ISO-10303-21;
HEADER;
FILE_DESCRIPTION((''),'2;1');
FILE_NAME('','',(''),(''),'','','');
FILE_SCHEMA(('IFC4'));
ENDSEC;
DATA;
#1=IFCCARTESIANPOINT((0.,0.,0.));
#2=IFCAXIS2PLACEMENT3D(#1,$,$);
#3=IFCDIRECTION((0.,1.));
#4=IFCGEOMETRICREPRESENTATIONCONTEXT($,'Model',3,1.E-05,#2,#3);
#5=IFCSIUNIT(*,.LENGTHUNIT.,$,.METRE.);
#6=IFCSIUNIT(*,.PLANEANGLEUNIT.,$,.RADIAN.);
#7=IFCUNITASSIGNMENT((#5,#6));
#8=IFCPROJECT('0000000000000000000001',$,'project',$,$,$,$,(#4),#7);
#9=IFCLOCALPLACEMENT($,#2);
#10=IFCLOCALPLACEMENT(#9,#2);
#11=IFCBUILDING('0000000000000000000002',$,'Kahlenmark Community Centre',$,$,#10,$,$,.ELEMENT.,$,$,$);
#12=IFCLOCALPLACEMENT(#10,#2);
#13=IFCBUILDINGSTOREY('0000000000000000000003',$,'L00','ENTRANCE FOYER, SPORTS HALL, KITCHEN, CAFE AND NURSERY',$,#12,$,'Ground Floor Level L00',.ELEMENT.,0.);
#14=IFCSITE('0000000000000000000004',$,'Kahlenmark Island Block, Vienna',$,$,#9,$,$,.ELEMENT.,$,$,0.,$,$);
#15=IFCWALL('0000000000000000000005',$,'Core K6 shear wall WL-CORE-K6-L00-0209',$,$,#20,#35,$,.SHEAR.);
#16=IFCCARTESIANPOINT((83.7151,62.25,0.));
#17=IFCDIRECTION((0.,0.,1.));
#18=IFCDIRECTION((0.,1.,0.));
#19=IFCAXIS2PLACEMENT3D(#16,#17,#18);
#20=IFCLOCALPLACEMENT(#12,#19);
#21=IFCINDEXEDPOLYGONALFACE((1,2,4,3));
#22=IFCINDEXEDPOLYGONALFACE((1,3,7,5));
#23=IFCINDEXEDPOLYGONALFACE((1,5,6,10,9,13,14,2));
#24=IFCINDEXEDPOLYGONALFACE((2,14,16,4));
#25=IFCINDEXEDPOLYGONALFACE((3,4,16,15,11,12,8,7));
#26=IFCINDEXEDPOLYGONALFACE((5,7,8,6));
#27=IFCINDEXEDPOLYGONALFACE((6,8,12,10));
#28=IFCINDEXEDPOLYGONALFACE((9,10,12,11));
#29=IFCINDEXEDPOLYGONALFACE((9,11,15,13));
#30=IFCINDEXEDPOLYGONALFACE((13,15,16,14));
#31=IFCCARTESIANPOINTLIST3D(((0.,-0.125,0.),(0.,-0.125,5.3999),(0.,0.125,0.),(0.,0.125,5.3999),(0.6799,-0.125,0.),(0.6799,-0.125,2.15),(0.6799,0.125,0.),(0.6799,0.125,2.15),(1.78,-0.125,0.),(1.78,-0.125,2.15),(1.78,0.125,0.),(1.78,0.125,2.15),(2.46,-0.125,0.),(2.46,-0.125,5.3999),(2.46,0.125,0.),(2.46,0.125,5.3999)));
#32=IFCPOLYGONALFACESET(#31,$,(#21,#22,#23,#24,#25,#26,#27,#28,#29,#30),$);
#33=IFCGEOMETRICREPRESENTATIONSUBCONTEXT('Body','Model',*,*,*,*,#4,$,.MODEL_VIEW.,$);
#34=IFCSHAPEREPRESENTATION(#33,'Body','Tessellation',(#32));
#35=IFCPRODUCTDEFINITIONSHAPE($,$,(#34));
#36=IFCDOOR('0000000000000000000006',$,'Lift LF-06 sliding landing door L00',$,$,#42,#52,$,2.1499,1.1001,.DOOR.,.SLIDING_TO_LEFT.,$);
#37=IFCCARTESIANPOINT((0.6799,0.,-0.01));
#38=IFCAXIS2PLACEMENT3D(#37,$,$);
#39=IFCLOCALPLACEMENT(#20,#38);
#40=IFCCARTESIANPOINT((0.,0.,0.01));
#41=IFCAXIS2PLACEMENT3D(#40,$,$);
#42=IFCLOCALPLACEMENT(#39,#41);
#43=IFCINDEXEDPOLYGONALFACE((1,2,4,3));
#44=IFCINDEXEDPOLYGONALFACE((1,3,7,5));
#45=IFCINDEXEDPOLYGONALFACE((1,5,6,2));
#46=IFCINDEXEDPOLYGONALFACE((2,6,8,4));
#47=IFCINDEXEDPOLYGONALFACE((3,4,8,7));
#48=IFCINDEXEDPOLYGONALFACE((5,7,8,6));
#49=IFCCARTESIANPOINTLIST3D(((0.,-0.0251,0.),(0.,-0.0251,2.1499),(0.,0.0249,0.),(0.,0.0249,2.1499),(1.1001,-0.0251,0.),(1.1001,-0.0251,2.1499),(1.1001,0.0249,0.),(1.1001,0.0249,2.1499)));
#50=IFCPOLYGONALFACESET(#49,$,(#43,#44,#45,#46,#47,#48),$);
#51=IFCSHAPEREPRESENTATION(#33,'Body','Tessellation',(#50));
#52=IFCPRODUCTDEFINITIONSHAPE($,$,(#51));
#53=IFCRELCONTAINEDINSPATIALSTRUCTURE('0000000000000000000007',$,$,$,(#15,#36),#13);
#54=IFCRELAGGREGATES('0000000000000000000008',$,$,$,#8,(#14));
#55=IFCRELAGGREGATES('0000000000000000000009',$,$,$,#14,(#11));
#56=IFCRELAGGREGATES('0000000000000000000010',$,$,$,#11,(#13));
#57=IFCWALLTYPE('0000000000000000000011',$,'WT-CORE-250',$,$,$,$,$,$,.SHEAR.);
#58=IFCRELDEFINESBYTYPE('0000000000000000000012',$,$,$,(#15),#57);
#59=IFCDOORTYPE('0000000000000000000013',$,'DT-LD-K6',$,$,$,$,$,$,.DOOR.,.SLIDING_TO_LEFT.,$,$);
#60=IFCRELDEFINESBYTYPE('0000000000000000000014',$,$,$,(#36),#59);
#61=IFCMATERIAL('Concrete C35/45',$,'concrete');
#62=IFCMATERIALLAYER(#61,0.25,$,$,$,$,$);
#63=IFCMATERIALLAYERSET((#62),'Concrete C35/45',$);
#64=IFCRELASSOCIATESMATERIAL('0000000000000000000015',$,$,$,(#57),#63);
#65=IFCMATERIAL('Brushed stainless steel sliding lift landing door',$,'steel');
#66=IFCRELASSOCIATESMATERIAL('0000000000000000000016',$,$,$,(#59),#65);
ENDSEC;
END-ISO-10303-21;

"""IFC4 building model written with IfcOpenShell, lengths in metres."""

from ifc_helpers import new_model, si_unit, direction, frame, frame_2d, origin, place, context, subcontext, project, spatial, rectangle, extrude, material, layer, layer_set, type_object, element, fill, save


model = new_model("IFC4")

# Units and contexts
model_context = context("Model", 3, precision=1e-05, world=origin(), true_north=direction((0.0, 1.0)))
body_context = subcontext(model_context, "Body", "Model", "MODEL_VIEW")
ifc_project = project(units=[si_unit("LENGTHUNIT", "METRE"), si_unit("PLANEANGLEUNIT", "RADIAN")], contexts=[model_context])

# Site, building, storey
site_placement = place(None, origin())
site = spatial("IfcSite", under=ifc_project, at=site_placement, Name="Kahlenmark Island Block, Vienna", CompositionType="ELEMENT", RefElevation=0.0)
building_placement = place(site_placement, origin())
building = spatial("IfcBuilding", under=site, at=building_placement, Name="Kahlenmark Community Centre", CompositionType="ELEMENT")
storey_placement = place(building_placement, origin())
storey = spatial("IfcBuildingStorey", under=building, at=storey_placement, Name="L00", Description="ENTRANCE FOYER, SPORTS HALL, KITCHEN, CAFE AND NURSERY", LongName="Ground Floor Level L00", CompositionType="ELEMENT", Elevation=0.0)

# Shared definitions
ifc_material_1 = material(Name="Concrete C35/45", Category="concrete")

# Shared definitions
ifc_layer_1 = layer(ifc_material_1, 0.25)
ifc_layer_set_1 = layer_set([ifc_layer_1], Name="Concrete C35/45")
wall_type_1 = type_object("IfcWallType", Name="WT-CORE-250", PredefinedType="SHEAR", material=ifc_layer_set_1)

# Wall, opening, door
wall_1_placement = place(storey_placement, frame((83.7151, 62.25, 0.0), z_axis=(0.0, 0.0, 1.0), x_axis=(0.0, 1.0, 0.0)))
wall_1 = element("IfcWall", 1, at=wall_1_placement, inside=storey, type_object=wall_type_1, Name="Core K6 shear wall WL-CORE-K6-L00-0209", PredefinedType="SHEAR", context=body_context, shape_type="SweptSolid", body=[
    extrude(rectangle(XDim=2.46, YDim=0.25, at=frame_2d((1.23, 0.0))), origin(), (0.0, 0.0, 1.0), 5.3999),
])
opening_1_placement = place(wall_1_placement, frame((0.6799, 0.0, -0.01)))
opening_1 = element("IfcOpeningElement", 2, at=opening_1_placement, cuts=wall_1, PredefinedType="OPENING", context=body_context, shape_type="SweptSolid", body=[
    extrude(rectangle(XDim=1.1001, YDim=2.1599, at=frame_2d((0.55, 1.0801))), frame((0.0, 0.135, 0.0), z_axis=(0.0, -1.0, 0.0), x_axis=(1.0, 0.0, 0.0)), (0.0, 0.0, 1.0), 0.27),
])
ifc_material_2 = material(Name="Brushed stainless steel sliding lift landing door", Category="steel")
door_type = type_object("IfcDoorType", Name="DT-LD-K6", OperationType="SLIDING_TO_LEFT", PredefinedType="DOOR", material=ifc_material_2)
door_placement = place(opening_1_placement, frame((0.0, 0.0, 0.01)))
door = element("IfcDoor", 3, at=door_placement, inside=storey, type_object=door_type, Name="Lift LF-06 sliding landing door L00", OperationType="SLIDING_TO_LEFT", OverallHeight=2.1499, OverallWidth=1.1001, PredefinedType="DOOR", context=body_context, shape_type="SweptSolid", body=[
    extrude(rectangle(XDim=1.1001, YDim=2.1499, at=frame_2d((0.55, 1.075))), frame((0.0, 0.0249, 0.0), z_axis=(0.0, -1.0, 0.0), x_axis=(1.0, 0.0, 0.0)), (0.0, 0.0, 1.0), 0.05),
])
fill(opening_1, door)

save(model, "model.ifc")
